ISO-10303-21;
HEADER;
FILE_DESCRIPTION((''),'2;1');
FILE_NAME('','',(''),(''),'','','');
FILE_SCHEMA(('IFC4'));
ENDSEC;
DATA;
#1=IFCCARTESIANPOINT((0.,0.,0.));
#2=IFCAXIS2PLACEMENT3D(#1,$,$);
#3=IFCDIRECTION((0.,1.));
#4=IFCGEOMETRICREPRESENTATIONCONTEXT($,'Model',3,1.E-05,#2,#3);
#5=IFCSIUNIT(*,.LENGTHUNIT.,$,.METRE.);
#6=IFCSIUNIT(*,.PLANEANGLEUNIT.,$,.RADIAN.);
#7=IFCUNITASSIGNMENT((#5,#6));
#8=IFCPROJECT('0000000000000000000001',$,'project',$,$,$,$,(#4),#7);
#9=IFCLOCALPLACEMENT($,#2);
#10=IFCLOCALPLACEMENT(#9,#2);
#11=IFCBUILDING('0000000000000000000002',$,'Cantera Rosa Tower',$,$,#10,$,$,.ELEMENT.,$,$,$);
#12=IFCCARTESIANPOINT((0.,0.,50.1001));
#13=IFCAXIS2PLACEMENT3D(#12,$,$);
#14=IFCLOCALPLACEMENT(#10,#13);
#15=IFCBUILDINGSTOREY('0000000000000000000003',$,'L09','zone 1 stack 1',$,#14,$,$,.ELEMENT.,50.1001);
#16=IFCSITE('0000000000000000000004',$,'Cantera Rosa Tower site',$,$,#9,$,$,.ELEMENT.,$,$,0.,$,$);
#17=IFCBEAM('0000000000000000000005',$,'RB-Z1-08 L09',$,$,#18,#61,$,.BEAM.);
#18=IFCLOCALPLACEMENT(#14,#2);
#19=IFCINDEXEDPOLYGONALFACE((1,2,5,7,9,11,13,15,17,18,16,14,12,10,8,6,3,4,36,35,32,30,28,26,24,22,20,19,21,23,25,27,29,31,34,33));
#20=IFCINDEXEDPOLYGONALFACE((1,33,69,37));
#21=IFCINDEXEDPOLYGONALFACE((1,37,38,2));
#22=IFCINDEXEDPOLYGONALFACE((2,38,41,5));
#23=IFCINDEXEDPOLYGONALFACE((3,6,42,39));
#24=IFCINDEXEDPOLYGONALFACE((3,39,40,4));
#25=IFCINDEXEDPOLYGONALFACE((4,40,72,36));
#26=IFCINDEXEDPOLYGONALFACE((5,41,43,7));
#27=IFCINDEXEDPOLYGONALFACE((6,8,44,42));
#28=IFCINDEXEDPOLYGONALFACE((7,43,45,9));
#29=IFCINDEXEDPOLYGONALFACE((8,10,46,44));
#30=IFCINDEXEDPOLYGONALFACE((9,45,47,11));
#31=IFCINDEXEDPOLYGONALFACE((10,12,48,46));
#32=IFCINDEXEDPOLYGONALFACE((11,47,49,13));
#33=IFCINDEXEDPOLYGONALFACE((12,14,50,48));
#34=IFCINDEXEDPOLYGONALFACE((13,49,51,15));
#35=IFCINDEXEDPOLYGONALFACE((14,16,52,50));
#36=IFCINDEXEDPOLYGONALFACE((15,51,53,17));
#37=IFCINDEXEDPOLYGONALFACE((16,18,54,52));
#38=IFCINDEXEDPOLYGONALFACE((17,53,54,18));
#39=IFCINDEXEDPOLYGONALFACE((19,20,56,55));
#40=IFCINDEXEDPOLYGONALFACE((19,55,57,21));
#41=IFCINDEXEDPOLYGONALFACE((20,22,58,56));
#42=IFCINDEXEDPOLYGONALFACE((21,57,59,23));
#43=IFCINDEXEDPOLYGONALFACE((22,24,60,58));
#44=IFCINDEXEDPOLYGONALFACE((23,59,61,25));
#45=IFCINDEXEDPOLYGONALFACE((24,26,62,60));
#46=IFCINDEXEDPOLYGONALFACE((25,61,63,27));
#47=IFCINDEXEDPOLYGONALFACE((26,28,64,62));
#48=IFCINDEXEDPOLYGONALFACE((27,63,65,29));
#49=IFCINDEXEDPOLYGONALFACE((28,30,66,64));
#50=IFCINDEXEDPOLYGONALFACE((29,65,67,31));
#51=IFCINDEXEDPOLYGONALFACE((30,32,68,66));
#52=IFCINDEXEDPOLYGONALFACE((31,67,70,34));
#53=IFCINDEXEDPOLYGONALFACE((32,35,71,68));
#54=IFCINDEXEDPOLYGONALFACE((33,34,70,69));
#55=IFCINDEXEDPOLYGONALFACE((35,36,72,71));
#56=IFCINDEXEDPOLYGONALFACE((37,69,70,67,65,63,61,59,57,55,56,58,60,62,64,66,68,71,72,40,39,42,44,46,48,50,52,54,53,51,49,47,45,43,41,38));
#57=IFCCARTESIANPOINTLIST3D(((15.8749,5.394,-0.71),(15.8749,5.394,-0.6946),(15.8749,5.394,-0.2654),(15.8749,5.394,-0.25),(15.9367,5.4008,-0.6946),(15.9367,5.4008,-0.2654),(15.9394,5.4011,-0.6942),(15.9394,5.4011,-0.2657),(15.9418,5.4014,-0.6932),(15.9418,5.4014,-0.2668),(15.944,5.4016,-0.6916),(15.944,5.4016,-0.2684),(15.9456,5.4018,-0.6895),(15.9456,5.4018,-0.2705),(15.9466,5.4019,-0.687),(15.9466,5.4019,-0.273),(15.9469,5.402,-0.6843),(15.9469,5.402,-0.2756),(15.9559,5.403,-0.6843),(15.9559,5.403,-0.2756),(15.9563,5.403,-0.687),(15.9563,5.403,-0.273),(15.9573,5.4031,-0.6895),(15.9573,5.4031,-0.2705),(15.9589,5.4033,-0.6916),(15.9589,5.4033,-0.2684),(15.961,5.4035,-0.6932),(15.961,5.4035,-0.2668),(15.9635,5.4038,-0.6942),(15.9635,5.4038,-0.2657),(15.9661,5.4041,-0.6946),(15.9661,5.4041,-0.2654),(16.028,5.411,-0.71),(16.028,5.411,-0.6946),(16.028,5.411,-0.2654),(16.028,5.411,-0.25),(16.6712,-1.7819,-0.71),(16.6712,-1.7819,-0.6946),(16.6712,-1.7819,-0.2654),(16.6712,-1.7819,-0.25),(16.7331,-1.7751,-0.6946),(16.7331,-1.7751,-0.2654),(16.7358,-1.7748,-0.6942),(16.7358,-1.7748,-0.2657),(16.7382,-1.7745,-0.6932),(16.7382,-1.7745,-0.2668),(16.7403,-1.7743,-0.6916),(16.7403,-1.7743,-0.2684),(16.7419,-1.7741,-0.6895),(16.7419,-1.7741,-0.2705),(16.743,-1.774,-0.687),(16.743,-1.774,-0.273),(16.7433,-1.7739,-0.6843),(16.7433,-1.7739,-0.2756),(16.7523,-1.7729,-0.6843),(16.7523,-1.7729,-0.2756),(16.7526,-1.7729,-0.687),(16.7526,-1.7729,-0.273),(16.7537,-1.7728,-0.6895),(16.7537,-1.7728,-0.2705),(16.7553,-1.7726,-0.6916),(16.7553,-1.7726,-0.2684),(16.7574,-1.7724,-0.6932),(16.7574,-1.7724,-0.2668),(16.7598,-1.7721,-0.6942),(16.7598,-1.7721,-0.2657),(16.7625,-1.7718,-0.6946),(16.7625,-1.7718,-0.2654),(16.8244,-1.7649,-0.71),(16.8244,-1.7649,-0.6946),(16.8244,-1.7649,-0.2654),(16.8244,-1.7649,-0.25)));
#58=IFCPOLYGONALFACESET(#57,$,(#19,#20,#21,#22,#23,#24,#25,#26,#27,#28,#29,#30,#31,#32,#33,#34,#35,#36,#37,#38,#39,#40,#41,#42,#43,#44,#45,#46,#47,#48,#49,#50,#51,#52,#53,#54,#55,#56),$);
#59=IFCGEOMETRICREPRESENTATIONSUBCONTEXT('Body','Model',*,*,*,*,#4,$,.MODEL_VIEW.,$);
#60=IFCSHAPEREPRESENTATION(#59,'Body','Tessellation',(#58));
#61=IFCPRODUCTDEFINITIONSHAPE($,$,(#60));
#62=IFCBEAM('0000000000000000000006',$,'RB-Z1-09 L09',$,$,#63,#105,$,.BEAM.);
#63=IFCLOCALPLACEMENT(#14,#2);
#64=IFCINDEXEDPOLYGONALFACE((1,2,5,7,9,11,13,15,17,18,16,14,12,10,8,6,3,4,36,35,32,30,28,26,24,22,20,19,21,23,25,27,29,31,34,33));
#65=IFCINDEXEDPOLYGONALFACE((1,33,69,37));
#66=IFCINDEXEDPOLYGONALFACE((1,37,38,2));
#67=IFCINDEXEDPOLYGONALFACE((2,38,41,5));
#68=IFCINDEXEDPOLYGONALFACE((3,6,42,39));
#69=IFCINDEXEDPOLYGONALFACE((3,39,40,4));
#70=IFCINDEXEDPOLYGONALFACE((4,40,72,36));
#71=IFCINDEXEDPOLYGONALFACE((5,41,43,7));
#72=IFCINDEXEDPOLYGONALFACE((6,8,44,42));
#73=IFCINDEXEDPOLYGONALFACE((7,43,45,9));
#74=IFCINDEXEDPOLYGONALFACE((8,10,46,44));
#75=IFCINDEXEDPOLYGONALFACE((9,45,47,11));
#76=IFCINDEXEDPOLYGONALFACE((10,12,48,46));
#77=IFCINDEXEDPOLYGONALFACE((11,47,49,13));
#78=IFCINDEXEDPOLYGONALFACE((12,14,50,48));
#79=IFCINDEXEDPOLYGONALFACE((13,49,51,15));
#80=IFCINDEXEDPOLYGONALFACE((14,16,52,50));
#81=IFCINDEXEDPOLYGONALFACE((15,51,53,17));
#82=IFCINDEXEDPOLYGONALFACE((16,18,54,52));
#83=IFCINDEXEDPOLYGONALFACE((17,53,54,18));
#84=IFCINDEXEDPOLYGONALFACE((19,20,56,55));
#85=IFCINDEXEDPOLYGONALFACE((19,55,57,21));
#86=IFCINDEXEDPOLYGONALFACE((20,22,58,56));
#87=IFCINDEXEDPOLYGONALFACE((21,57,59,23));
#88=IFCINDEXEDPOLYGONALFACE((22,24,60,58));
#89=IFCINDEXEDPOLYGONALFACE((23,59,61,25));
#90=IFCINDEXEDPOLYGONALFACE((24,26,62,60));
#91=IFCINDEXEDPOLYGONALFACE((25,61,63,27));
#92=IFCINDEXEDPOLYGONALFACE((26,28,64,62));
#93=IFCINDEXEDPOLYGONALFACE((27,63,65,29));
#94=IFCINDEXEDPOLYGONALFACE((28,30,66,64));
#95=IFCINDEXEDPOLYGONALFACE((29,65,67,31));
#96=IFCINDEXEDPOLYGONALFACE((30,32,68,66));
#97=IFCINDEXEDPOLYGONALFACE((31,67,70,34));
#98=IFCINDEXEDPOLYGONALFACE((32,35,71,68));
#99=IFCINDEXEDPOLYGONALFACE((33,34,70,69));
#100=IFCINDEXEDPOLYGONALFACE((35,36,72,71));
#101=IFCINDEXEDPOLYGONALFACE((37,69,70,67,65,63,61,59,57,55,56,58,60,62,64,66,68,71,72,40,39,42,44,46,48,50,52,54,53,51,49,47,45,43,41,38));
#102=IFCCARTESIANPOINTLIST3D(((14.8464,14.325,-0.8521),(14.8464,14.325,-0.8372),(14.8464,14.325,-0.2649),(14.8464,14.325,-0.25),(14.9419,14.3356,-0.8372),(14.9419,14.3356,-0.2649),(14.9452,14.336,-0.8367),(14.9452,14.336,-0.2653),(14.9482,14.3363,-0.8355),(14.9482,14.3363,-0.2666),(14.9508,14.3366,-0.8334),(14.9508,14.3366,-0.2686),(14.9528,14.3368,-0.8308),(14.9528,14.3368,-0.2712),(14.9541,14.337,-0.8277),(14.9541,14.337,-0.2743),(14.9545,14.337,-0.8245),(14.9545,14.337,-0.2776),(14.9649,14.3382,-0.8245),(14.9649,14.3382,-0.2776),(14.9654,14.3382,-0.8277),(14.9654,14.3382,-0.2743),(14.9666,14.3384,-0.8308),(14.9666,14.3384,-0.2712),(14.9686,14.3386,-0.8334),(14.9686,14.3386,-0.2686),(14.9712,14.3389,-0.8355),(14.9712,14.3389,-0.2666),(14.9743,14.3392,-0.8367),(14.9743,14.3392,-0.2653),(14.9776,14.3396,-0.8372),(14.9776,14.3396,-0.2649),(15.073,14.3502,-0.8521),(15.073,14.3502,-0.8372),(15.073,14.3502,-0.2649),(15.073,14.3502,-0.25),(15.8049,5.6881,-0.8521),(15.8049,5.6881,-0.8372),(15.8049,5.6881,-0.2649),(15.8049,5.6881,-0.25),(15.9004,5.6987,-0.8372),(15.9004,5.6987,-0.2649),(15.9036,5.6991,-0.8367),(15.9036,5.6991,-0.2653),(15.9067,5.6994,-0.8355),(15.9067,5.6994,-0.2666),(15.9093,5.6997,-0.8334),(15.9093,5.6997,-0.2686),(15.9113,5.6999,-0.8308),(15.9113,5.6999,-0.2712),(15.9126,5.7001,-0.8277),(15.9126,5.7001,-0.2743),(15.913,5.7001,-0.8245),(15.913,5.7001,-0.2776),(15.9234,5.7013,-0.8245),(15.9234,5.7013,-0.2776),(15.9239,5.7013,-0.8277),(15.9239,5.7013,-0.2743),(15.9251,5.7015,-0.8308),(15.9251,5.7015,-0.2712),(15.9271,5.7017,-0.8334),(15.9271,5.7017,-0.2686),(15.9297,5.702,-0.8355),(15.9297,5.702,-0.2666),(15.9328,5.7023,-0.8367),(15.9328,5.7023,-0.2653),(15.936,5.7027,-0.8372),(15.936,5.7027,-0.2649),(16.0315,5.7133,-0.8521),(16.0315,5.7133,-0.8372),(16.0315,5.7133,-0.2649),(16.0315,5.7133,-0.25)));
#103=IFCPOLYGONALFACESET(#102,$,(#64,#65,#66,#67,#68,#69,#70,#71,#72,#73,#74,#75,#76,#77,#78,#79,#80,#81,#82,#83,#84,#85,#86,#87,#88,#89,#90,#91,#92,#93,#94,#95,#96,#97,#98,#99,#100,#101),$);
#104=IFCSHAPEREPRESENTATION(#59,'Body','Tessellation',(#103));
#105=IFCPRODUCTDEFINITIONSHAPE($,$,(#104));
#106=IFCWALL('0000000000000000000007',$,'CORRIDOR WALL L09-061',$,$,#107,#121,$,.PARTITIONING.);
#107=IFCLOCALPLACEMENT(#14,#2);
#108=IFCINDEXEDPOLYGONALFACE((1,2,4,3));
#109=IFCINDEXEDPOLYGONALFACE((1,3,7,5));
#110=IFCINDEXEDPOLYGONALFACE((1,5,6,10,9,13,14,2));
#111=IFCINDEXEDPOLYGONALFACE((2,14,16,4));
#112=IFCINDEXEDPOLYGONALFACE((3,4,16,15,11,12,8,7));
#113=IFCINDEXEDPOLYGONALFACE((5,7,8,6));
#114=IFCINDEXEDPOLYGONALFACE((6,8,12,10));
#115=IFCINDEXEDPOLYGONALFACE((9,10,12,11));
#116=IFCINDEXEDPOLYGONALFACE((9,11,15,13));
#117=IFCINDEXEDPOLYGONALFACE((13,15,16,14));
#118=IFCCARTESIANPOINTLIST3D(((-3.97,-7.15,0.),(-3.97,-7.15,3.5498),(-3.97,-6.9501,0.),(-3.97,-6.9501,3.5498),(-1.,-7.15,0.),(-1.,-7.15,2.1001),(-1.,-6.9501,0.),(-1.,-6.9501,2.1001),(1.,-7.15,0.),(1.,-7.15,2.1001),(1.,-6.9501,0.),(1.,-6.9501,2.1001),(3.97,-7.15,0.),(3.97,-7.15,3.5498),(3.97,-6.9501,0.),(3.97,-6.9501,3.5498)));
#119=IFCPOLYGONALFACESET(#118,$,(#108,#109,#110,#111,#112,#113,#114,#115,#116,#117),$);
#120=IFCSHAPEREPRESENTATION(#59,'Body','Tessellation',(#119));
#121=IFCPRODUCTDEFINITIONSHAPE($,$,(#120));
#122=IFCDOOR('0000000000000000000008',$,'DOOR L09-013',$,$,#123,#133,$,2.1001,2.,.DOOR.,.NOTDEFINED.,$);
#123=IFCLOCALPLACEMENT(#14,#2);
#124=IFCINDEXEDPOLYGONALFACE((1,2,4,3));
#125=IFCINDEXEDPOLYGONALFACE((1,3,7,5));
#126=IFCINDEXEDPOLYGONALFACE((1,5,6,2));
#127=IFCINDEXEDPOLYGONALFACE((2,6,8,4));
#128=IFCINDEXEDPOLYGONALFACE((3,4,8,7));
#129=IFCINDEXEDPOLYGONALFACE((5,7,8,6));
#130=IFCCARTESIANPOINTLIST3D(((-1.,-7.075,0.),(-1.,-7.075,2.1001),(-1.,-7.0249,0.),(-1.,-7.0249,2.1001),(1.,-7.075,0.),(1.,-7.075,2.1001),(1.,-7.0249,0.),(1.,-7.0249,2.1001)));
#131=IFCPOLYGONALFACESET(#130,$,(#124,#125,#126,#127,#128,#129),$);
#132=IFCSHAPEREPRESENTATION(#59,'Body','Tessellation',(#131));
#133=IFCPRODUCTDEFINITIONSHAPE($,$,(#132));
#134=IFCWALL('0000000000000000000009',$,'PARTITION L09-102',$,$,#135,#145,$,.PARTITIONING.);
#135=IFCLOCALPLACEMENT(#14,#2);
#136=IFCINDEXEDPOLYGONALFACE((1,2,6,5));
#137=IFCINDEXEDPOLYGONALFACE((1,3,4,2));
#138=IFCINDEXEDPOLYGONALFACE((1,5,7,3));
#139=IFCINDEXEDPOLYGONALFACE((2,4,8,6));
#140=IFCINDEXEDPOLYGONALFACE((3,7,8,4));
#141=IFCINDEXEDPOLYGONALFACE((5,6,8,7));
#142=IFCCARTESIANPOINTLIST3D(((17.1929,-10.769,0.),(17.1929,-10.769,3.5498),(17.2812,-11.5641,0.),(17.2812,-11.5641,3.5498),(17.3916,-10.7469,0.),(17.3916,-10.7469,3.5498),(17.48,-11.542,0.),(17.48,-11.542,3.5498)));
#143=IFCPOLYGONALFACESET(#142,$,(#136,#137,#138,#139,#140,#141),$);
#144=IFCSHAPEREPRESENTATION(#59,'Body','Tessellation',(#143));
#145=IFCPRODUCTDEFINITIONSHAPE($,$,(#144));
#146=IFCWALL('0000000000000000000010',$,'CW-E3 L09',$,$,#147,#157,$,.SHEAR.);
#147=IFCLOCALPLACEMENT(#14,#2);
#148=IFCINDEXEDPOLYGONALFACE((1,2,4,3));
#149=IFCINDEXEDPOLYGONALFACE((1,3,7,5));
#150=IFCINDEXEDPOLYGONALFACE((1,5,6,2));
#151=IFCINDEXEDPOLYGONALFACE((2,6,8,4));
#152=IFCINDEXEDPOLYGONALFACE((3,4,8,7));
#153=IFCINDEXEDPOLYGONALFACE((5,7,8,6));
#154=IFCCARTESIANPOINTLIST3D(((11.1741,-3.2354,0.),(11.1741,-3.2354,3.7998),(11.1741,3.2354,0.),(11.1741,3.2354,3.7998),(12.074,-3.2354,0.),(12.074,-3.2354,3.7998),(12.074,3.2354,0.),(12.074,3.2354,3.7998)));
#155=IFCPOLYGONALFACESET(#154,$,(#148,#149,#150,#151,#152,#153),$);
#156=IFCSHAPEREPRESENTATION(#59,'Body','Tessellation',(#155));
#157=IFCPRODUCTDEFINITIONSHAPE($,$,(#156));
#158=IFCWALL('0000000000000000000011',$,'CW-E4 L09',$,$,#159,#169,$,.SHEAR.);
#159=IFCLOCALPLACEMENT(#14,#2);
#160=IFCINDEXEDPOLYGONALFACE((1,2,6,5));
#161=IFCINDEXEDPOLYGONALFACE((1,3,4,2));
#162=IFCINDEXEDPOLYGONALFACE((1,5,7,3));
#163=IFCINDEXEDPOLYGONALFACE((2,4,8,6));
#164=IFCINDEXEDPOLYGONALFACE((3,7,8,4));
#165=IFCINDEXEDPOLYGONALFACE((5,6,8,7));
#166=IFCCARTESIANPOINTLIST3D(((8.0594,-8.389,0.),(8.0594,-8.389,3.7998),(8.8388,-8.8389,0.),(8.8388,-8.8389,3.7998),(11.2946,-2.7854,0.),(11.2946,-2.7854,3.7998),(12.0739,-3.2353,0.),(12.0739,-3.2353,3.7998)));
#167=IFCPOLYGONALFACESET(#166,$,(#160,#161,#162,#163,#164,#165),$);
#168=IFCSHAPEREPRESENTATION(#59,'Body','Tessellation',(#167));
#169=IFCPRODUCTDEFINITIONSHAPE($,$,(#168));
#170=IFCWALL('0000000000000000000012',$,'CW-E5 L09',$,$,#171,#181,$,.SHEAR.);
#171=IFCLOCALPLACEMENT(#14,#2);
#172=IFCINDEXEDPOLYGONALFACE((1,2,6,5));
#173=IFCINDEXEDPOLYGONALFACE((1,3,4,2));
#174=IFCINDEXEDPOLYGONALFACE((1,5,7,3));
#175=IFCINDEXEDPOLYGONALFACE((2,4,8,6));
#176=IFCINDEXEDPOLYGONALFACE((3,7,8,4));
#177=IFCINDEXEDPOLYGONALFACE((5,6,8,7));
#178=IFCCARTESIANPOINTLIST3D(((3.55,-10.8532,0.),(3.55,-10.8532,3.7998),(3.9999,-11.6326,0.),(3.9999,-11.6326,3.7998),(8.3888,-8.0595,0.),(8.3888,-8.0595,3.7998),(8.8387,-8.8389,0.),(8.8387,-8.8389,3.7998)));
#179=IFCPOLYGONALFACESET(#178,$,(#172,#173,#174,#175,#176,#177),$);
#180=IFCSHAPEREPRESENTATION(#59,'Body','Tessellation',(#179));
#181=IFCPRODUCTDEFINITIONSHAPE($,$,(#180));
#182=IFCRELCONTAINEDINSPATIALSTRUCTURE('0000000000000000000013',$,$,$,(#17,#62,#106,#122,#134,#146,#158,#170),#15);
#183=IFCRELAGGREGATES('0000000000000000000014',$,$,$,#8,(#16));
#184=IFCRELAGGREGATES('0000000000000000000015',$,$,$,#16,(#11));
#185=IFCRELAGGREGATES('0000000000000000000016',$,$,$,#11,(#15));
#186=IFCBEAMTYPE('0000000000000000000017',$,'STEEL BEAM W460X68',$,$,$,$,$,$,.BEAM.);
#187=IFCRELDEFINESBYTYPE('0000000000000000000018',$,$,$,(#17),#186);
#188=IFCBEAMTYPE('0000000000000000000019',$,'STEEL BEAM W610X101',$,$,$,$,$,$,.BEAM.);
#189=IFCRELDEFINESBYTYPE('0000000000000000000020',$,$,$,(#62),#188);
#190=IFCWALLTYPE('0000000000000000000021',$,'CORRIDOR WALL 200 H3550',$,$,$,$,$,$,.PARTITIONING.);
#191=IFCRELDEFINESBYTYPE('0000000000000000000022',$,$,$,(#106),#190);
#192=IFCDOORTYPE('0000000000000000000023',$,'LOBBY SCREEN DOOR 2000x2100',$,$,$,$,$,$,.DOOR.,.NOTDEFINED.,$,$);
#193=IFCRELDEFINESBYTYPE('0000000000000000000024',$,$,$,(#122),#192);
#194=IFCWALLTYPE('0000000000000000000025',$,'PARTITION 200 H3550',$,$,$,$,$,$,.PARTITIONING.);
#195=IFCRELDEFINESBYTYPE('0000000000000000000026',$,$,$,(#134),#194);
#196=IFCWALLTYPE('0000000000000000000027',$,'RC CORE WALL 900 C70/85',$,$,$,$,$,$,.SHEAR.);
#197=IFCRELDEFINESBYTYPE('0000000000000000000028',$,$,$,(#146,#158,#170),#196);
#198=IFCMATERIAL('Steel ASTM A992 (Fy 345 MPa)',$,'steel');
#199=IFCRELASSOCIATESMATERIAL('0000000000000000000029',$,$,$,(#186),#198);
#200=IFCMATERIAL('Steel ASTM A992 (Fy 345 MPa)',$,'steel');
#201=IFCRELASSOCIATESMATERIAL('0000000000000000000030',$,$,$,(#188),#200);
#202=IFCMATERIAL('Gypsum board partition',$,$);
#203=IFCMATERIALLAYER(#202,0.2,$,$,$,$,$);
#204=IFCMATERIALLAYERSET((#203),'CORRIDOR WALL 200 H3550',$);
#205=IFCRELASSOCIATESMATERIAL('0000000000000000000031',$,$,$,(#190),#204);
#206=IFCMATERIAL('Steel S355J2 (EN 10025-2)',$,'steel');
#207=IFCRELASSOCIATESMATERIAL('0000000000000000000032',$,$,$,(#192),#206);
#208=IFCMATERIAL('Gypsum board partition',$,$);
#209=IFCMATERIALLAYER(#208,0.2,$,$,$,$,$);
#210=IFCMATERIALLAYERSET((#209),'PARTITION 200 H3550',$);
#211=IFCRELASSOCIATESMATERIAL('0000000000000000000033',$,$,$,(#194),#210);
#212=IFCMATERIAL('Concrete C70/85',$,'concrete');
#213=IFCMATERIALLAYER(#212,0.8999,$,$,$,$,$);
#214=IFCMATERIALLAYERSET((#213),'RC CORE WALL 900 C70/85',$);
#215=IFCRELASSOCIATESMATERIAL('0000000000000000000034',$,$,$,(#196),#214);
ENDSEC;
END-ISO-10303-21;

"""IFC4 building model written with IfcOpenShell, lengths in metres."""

from ifc_helpers import new_model, si_unit, direction, frame, frame_2d, origin, origin_2d, place, context, subcontext, project, spatial, rectangle, i_section, extrude, material, layer, layer_set, material_profile, profile_set, type_object, element, fill, save


model = new_model("IFC4")

# Units and contexts
model_context = context("Model", 3, precision=1e-05, world=origin(), true_north=direction((0.0, 1.0)))
body_context = subcontext(model_context, "Body", "Model", "MODEL_VIEW")
ifc_project = project(units=[si_unit("LENGTHUNIT", "METRE"), si_unit("PLANEANGLEUNIT", "RADIAN")], contexts=[model_context])

# Site, building, storey
site_placement = place(None, origin())
site = spatial("IfcSite", under=ifc_project, at=site_placement, Name="Cantera Rosa Tower site", CompositionType="ELEMENT", RefElevation=0.0)
building_placement = place(site_placement, origin())
building = spatial("IfcBuilding", under=site, at=building_placement, Name="Cantera Rosa Tower", CompositionType="ELEMENT")
storey_placement = place(building_placement, frame((0.0, 0.0, 50.1001)))
storey = spatial("IfcBuildingStorey", under=building, at=storey_placement, Name="L09", Description="zone 1 stack 1", CompositionType="ELEMENT", Elevation=50.1001)

# Beams
ifc_material_1 = material(Name="Steel ASTM A992 (Fy 345 MPa)", Category="steel")
ifc_material_profile_1 = material_profile(ifc_material_1, i_section(OverallWidth=0.1541, OverallDepth=0.46, WebThickness=0.009, FlangeThickness=0.0154, FilletRadius=0.0103, at=origin_2d()), Name="W460X68")
ifc_profile_set_1 = profile_set([ifc_material_profile_1], Name="Steel ASTM A992 (Fy 345 MPa)")
beam_type_1 = type_object("IfcBeamType", Name="STEEL BEAM W460X68", PredefinedType="BEAM", material=ifc_profile_set_1)
beam_1_placement = place(storey_placement, frame((16.7478, -1.7734, -0.48), z_axis=(-0.110302, 0.993898, 0.0), x_axis=(-0.993898, -0.110302, 0.0)))
element("IfcBeam", 1, at=beam_1_placement, inside=storey, type_object=beam_type_1, Name="RB-Z1-08 L09", PredefinedType="BEAM", context=body_context, shape_type="SweptSolid", body=[
    extrude(i_section(OverallWidth=0.1541, OverallDepth=0.46, WebThickness=0.009, FlangeThickness=0.0154, FilletRadius=0.0103, at=origin_2d()), origin(), (0.0, 0.0, 1.0), 7.22),
])
ifc_material_2 = material(Name="Steel ASTM A992 (Fy 345 MPa)", Category="steel")
ifc_material_profile_2 = material_profile(ifc_material_2, i_section(OverallWidth=0.228, OverallDepth=0.6021, WebThickness=0.0105, FlangeThickness=0.0149, FilletRadius=0.0127, at=origin_2d()), Name="W610X101")
ifc_profile_set_2 = profile_set([ifc_material_profile_2], Name="Steel ASTM A992 (Fy 345 MPa)")
beam_type_2 = type_object("IfcBeamType", Name="STEEL BEAM W610X101", PredefinedType="BEAM", material=ifc_profile_set_2)
beam_2_placement = place(storey_placement, frame((15.9182, 5.7007, -0.551), z_axis=(-0.110299, 0.993898, 0.0), x_axis=(-0.993898, -0.110299, 0.0)))
element("IfcBeam", 2, at=beam_2_placement, inside=storey, type_object=beam_type_2, Name="RB-Z1-09 L09", PredefinedType="BEAM", context=body_context, shape_type="SweptSolid", body=[
    extrude(i_section(OverallWidth=0.228, OverallDepth=0.6021, WebThickness=0.0105, FlangeThickness=0.0149, FilletRadius=0.0127, at=origin_2d()), origin(), (0.0, 0.0, 1.0), 8.6899),
])

# Wall, opening, door
ifc_material_3 = material(Name="Gypsum board partition")
ifc_layer_1 = layer(ifc_material_3, 0.2)
ifc_layer_set_1 = layer_set([ifc_layer_1], Name="CORRIDOR WALL 200 H3550")
wall_type_1 = type_object("IfcWallType", Name="CORRIDOR WALL 200 H3550", PredefinedType="PARTITIONING", material=ifc_layer_set_1)
wall_1_placement = place(storey_placement, frame((3.97, -7.05, 0.0), z_axis=(0.0, 0.0, 1.0), x_axis=(-1.0, 0.0, 0.0)))
wall_1 = element("IfcWall", 3, at=wall_1_placement, inside=storey, type_object=wall_type_1, Name="CORRIDOR WALL L09-061", PredefinedType="PARTITIONING", context=body_context, shape_type="SweptSolid", body=[
    extrude(rectangle(XDim=7.9399, YDim=0.2, at=frame_2d((3.97, 0.0))), origin(), (0.0, 0.0, 1.0), 3.5498),
])
opening_1_placement = place(wall_1_placement, frame((2.97, 0.0, 0.0)))
opening_1 = element("IfcOpeningElement", 4, at=opening_1_placement, cuts=wall_1, PredefinedType="OPENING", context=body_context, shape_type="SweptSolid", body=[
    extrude(rectangle(XDim=2.0, YDim=2.1001, at=frame_2d((1.0, 1.05))), frame((0.0, 0.1099, 0.0), z_axis=(0.0, -1.0, 0.0), x_axis=(1.0, 0.0, 0.0)), (0.0, 0.0, 1.0), 0.22),
])
ifc_material_4 = material(Name="Steel S355J2 (EN 10025-2)", Category="steel")
door_type_1 = type_object("IfcDoorType", Name="LOBBY SCREEN DOOR 2000x2100", OperationType="NOTDEFINED", PredefinedType="DOOR", material=ifc_material_4)
door_1_placement = place(opening_1_placement, origin())
door_1 = element("IfcDoor", 5, at=door_1_placement, inside=storey, type_object=door_type_1, Name="DOOR L09-013", OperationType="NOTDEFINED", OverallHeight=2.1001, OverallWidth=2.0, PredefinedType="DOOR", context=body_context, shape_type="SweptSolid", body=[
    extrude(rectangle(XDim=2.0, YDim=2.1001, at=frame_2d((1.0, 1.05))), frame((0.0, 0.0249, 0.0), z_axis=(0.0, -1.0, 0.0), x_axis=(1.0, 0.0, 0.0)), (0.0, 0.0, 1.0), 0.05),
])
fill(opening_1, door_1)

# Walls
ifc_material_5 = material(Name="Gypsum board partition")
ifc_layer_2 = layer(ifc_material_5, 0.2)
ifc_layer_set_2 = layer_set([ifc_layer_2], Name="PARTITION 200 H3550")
wall_type_2 = type_object("IfcWallType", Name="PARTITION 200 H3550", PredefinedType="PARTITIONING", material=ifc_layer_set_2)
wall_2_placement = place(storey_placement, frame((17.2922, -10.7581, 0.0), z_axis=(0.0, 0.0, 1.0), x_axis=(0.110465, -0.99388, 0.0)))
element("IfcWall", 6, at=wall_2_placement, inside=storey, type_object=wall_type_2, Name="PARTITION L09-102", PredefinedType="PARTITIONING", context=body_context, shape_type="SweptSolid", body=[
    extrude(rectangle(XDim=0.8, YDim=0.2, at=frame_2d((0.3999, 0.0))), origin(), (0.0, 0.0, 1.0), 3.5498),
])
ifc_material_6 = material(Name="Concrete C70/85", Category="concrete")
ifc_layer_3 = layer(ifc_material_6, 0.8999)
ifc_layer_set_3 = layer_set([ifc_layer_3], Name="RC CORE WALL 900 C70/85")
wall_type_3 = type_object("IfcWallType", Name="RC CORE WALL 900 C70/85", PredefinedType="SHEAR", material=ifc_layer_set_3)
wall_3_placement = place(storey_placement, frame((11.624, 3.2354, 0.0), z_axis=(0.0, 0.0, 1.0), x_axis=(0.0, -1.0, 0.0)))
element("IfcWall", 7, at=wall_3_placement, inside=storey, type_object=wall_type_3, Name="CW-E3 L09", PredefinedType="SHEAR", context=body_context, shape_type="SweptSolid", body=[
    extrude(rectangle(XDim=6.4707, YDim=0.8999, at=frame_2d((3.2354, 0.0))), origin(), (0.0, 0.0, 1.0), 3.7998),
])
wall_4_placement = place(storey_placement, frame((11.6843, -3.0103, 0.0), z_axis=(0.0, 0.0, 1.0), x_axis=(-0.49999, -0.866031, 0.0)))
element("IfcWall", 8, at=wall_4_placement, inside=storey, type_object=wall_type_3, Name="CW-E4 L09", PredefinedType="SHEAR", context=body_context, shape_type="SweptSolid", body=[
    extrude(rectangle(XDim=6.4705, YDim=0.8999, at=frame_2d((3.2354, 0.0))), origin(), (0.0, 0.0, 1.0), 3.7998),
])
wall_5_placement = place(storey_placement, frame((8.6138, -8.4492, 0.0), z_axis=(0.0, 0.0, 1.0), x_axis=(-0.866027, -0.499997, 0.0)))
element("IfcWall", 9, at=wall_5_placement, inside=storey, type_object=wall_type_3, Name="CW-E5 L09", PredefinedType="SHEAR", context=body_context, shape_type="SweptSolid", body=[
    extrude(rectangle(XDim=5.5874, YDim=0.8999, at=frame_2d((2.7937, 0.0))), origin(), (0.0, 0.0, 1.0), 3.7998),
])

save(model, "model.ifc")
